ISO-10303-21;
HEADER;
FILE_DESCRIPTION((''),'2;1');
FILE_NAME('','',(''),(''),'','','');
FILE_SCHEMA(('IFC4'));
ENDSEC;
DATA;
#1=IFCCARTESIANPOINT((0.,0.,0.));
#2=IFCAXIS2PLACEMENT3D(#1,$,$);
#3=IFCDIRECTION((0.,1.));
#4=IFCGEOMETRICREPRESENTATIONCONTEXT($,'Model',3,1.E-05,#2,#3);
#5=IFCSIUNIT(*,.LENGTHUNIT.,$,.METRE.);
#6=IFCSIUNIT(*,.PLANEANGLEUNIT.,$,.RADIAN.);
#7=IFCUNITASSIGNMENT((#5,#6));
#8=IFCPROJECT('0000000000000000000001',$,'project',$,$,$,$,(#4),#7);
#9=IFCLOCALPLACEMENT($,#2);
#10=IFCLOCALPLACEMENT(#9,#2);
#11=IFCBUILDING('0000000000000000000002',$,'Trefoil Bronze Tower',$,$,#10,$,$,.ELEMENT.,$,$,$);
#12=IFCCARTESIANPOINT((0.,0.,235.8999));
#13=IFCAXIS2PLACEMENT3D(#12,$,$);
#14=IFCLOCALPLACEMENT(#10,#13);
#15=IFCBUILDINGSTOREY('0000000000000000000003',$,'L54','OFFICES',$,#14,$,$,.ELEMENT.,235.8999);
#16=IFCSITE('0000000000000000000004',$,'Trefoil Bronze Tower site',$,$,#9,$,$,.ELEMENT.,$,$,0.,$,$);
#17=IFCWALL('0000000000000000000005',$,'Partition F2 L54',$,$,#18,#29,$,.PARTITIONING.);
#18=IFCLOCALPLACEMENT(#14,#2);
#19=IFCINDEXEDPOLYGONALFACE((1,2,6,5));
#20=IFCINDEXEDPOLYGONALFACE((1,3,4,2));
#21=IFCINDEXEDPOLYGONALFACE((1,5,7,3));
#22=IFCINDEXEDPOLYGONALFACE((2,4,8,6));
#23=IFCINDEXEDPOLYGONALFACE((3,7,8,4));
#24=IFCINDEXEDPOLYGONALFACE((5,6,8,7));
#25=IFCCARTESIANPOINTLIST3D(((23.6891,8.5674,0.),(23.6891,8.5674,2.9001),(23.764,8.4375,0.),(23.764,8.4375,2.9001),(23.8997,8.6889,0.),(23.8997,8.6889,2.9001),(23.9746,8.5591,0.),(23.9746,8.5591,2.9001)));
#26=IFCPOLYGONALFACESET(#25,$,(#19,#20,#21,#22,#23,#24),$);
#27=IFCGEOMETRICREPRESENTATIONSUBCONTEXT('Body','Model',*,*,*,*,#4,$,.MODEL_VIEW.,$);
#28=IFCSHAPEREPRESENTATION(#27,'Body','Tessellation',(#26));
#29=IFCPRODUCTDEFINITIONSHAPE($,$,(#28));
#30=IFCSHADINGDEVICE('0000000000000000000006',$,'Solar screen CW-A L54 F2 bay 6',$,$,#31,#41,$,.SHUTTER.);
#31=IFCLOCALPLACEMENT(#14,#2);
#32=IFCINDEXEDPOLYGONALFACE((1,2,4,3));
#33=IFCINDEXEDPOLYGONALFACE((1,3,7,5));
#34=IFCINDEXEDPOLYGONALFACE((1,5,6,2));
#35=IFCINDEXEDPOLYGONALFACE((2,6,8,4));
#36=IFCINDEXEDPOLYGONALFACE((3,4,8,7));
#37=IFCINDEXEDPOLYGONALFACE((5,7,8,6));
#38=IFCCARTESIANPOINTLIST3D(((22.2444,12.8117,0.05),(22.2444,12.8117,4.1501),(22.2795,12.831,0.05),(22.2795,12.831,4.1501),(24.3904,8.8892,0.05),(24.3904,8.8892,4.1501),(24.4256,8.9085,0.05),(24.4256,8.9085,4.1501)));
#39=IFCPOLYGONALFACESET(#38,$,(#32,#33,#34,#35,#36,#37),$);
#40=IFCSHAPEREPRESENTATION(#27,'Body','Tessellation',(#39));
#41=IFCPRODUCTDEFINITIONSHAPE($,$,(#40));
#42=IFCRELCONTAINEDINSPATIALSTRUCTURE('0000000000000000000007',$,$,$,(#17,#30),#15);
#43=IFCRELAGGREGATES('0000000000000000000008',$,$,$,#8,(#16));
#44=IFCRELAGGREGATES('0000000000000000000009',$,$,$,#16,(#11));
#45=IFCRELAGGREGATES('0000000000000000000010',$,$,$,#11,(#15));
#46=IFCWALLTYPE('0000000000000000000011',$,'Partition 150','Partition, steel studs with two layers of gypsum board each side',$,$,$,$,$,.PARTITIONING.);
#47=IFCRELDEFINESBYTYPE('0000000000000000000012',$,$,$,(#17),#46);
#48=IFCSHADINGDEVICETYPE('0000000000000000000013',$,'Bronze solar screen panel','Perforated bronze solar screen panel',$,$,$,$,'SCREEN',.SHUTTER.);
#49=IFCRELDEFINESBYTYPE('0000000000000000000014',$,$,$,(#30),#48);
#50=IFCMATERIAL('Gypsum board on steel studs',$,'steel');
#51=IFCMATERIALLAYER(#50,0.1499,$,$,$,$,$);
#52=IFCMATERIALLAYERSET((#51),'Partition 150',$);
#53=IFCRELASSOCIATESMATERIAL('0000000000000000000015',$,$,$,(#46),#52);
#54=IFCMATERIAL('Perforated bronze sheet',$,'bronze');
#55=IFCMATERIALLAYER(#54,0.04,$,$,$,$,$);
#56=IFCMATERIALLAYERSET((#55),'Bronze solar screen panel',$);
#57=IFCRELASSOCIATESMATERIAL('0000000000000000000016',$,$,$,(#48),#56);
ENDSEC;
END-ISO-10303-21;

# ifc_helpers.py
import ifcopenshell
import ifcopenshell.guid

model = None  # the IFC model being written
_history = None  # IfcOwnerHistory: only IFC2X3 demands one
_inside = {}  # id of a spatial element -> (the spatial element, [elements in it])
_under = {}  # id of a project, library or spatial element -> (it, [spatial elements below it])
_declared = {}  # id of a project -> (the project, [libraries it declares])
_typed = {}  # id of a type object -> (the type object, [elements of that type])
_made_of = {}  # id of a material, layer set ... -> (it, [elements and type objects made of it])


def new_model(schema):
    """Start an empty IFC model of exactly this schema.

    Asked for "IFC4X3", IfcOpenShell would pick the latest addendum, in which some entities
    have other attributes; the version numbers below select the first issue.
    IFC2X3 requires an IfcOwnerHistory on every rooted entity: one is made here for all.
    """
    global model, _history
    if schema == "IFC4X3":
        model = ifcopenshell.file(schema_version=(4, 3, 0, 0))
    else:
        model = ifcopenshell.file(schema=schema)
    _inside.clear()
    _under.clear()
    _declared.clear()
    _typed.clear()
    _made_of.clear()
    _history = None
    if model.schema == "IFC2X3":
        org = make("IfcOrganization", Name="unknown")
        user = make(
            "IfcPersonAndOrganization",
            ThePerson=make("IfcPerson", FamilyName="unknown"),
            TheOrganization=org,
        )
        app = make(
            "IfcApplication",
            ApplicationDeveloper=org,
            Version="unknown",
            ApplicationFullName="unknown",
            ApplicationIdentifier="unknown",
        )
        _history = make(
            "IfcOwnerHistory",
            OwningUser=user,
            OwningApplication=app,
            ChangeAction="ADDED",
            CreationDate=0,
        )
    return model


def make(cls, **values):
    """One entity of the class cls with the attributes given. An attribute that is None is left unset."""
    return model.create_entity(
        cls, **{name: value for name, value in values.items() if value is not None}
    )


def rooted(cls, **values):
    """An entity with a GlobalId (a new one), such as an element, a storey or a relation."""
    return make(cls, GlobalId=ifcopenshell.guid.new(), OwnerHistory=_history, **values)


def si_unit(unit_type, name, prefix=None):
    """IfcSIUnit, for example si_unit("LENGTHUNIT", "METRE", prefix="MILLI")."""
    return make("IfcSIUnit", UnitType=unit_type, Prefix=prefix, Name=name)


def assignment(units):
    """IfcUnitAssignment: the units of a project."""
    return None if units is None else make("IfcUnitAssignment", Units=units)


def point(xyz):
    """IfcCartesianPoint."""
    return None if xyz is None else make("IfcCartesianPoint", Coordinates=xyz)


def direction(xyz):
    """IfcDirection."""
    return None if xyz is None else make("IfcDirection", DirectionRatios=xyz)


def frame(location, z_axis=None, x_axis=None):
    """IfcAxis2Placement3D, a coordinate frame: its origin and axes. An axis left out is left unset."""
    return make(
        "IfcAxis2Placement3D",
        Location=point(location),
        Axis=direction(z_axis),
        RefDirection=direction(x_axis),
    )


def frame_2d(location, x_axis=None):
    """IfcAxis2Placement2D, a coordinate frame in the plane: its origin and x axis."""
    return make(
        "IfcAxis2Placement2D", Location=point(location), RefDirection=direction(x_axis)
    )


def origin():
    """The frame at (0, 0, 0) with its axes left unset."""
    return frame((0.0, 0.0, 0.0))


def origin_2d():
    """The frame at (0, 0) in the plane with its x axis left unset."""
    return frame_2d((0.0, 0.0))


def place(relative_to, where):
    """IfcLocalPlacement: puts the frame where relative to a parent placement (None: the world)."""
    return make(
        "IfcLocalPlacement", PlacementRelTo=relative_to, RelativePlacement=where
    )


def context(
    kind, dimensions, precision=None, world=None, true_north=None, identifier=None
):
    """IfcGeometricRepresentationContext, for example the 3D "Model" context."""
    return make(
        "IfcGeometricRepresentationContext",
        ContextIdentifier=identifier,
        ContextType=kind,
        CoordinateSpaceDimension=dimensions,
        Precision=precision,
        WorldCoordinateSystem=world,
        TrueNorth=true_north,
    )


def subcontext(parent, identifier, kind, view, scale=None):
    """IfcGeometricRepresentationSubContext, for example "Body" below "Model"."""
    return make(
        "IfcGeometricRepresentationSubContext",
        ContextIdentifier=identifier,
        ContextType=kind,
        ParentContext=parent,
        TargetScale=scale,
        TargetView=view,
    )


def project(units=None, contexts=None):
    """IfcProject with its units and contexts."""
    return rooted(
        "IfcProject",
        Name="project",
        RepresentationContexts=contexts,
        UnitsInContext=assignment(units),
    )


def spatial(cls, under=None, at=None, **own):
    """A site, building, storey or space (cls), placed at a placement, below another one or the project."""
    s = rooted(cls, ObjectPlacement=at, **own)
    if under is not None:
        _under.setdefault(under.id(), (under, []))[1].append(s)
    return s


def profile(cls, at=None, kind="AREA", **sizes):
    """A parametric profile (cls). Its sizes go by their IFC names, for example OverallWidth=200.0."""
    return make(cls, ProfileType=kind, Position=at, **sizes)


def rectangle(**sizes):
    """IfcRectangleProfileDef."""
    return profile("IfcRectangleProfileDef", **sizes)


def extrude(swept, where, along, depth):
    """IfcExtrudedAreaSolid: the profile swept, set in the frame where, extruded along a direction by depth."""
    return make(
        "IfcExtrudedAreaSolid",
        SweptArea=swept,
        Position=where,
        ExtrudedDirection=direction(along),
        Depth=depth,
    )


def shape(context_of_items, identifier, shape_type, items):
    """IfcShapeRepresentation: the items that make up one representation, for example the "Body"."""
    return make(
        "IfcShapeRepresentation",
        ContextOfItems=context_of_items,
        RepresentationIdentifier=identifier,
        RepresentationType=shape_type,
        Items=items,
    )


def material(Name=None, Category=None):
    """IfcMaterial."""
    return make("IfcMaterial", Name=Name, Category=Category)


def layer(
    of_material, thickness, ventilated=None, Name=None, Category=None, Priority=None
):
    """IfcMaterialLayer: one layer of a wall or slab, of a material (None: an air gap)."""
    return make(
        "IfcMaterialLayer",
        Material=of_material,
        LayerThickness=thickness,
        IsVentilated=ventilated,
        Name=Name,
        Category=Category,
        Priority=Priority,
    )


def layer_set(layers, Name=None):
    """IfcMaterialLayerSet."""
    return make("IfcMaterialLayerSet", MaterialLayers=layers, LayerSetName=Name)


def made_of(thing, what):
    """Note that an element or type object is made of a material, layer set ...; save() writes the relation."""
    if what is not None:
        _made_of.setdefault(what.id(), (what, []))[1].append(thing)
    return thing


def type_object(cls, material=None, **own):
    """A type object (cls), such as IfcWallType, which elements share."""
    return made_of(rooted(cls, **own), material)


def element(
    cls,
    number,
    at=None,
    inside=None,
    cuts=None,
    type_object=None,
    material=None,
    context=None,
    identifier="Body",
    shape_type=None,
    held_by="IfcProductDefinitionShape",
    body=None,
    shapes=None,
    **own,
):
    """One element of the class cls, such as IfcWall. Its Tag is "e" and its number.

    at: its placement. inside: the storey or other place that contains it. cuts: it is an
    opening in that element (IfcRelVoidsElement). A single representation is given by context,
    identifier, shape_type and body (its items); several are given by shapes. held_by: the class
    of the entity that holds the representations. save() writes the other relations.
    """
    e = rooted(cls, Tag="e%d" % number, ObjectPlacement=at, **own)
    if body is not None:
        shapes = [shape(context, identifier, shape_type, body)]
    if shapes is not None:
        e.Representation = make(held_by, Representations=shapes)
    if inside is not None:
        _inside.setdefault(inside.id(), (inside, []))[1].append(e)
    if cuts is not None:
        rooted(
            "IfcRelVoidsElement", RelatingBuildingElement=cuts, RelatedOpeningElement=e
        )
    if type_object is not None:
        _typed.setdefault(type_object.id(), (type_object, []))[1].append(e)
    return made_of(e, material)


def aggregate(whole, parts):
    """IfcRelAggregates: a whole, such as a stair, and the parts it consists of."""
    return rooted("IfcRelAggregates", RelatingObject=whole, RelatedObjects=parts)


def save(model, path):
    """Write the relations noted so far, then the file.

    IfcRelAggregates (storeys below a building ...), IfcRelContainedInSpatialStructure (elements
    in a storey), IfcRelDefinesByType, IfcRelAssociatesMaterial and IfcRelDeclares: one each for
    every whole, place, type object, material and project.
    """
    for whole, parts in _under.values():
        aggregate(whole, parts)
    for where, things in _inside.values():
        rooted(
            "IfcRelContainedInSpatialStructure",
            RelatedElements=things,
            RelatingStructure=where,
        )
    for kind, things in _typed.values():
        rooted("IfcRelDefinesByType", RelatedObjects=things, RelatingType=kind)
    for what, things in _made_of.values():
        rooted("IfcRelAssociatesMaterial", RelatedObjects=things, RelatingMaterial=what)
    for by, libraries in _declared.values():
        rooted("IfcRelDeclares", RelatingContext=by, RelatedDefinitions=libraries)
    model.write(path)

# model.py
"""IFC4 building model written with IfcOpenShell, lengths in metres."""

from ifc_helpers import new_model, si_unit, direction, frame, frame_2d, origin, origin_2d, place, context, subcontext, project, spatial, rectangle, extrude, material, layer, layer_set, type_object, element, save


model = new_model("IFC4")

# Units and contexts
model_context = context("Model", 3, precision=1e-05, world=origin(), true_north=direction((0.0, 1.0)))
body_context = subcontext(model_context, "Body", "Model", "MODEL_VIEW")
ifc_project = project(units=[si_unit("LENGTHUNIT", "METRE"), si_unit("PLANEANGLEUNIT", "RADIAN")], contexts=[model_context])

# Site, building, storey
site_placement = place(None, origin())
site = spatial("IfcSite", under=ifc_project, at=site_placement, Name="Trefoil Bronze Tower site", CompositionType="ELEMENT", RefElevation=0.0)
building_placement = place(site_placement, origin())
building = spatial("IfcBuilding", under=site, at=building_placement, Name="Trefoil Bronze Tower", CompositionType="ELEMENT")
storey_placement = place(building_placement, frame((0.0, 0.0, 235.8999)))
storey = spatial("IfcBuildingStorey", under=building, at=storey_placement, Name="L54", Description="OFFICES", CompositionType="ELEMENT", Elevation=235.8999)

# Wall
ifc_material_1 = material(Name="Gypsum board on steel studs", Category="steel")
ifc_layer_1 = layer(ifc_material_1, 0.1499)
ifc_layer_set_1 = layer_set([ifc_layer_1], Name="Partition 150")
wall_type_1 = type_object("IfcWallType", Name="Partition 150", Description="Partition, steel studs with two layers of gypsum board each side", PredefinedType="PARTITIONING", material=ifc_layer_set_1)
wall_1_placement = place(storey_placement, frame((23.7266, 8.5024, 0.0), z_axis=(0.0, 0.0, 1.0), x_axis=(0.866135, 0.499809, 0.0)))
element("IfcWall", 1, at=wall_1_placement, inside=storey, type_object=wall_type_1, Name="Partition F2 L54", PredefinedType="PARTITIONING", context=body_context, shape_type="SweptSolid", body=[
    extrude(rectangle(XDim=0.2432, YDim=0.1499, at=frame_2d((0.1216, 0.0))), origin(), (0.0, 0.0, 1.0), 2.9001),
])

# Shading device
ifc_material_2 = material(Name="Perforated bronze sheet", Category="bronze")
ifc_layer_2 = layer(ifc_material_2, 0.04)
ifc_layer_set_2 = layer_set([ifc_layer_2], Name="Bronze solar screen panel")
shading_device_type = type_object("IfcShadingDeviceType", Name="Bronze solar screen panel", Description="Perforated bronze solar screen panel", ElementType="SCREEN", PredefinedType="SHUTTER", material=ifc_layer_set_2)
shading_device_placement = place(storey_placement, frame((23.335, 10.8601, 0.05), z_axis=(0.0, 0.0, 1.0), x_axis=(-0.479974, 0.877283, 0.0)))
element("IfcShadingDevice", 2, at=shading_device_placement, inside=storey, type_object=shading_device_type, Name="Solar screen CW-A L54 F2 bay 6", PredefinedType="SHUTTER", context=body_context, shape_type="SweptSolid", body=[
    extrude(rectangle(XDim=4.4712, YDim=0.04, at=origin_2d()), origin(), (0.0, 0.0, 1.0), 4.1001),
])

save(model, "model.ifc")
